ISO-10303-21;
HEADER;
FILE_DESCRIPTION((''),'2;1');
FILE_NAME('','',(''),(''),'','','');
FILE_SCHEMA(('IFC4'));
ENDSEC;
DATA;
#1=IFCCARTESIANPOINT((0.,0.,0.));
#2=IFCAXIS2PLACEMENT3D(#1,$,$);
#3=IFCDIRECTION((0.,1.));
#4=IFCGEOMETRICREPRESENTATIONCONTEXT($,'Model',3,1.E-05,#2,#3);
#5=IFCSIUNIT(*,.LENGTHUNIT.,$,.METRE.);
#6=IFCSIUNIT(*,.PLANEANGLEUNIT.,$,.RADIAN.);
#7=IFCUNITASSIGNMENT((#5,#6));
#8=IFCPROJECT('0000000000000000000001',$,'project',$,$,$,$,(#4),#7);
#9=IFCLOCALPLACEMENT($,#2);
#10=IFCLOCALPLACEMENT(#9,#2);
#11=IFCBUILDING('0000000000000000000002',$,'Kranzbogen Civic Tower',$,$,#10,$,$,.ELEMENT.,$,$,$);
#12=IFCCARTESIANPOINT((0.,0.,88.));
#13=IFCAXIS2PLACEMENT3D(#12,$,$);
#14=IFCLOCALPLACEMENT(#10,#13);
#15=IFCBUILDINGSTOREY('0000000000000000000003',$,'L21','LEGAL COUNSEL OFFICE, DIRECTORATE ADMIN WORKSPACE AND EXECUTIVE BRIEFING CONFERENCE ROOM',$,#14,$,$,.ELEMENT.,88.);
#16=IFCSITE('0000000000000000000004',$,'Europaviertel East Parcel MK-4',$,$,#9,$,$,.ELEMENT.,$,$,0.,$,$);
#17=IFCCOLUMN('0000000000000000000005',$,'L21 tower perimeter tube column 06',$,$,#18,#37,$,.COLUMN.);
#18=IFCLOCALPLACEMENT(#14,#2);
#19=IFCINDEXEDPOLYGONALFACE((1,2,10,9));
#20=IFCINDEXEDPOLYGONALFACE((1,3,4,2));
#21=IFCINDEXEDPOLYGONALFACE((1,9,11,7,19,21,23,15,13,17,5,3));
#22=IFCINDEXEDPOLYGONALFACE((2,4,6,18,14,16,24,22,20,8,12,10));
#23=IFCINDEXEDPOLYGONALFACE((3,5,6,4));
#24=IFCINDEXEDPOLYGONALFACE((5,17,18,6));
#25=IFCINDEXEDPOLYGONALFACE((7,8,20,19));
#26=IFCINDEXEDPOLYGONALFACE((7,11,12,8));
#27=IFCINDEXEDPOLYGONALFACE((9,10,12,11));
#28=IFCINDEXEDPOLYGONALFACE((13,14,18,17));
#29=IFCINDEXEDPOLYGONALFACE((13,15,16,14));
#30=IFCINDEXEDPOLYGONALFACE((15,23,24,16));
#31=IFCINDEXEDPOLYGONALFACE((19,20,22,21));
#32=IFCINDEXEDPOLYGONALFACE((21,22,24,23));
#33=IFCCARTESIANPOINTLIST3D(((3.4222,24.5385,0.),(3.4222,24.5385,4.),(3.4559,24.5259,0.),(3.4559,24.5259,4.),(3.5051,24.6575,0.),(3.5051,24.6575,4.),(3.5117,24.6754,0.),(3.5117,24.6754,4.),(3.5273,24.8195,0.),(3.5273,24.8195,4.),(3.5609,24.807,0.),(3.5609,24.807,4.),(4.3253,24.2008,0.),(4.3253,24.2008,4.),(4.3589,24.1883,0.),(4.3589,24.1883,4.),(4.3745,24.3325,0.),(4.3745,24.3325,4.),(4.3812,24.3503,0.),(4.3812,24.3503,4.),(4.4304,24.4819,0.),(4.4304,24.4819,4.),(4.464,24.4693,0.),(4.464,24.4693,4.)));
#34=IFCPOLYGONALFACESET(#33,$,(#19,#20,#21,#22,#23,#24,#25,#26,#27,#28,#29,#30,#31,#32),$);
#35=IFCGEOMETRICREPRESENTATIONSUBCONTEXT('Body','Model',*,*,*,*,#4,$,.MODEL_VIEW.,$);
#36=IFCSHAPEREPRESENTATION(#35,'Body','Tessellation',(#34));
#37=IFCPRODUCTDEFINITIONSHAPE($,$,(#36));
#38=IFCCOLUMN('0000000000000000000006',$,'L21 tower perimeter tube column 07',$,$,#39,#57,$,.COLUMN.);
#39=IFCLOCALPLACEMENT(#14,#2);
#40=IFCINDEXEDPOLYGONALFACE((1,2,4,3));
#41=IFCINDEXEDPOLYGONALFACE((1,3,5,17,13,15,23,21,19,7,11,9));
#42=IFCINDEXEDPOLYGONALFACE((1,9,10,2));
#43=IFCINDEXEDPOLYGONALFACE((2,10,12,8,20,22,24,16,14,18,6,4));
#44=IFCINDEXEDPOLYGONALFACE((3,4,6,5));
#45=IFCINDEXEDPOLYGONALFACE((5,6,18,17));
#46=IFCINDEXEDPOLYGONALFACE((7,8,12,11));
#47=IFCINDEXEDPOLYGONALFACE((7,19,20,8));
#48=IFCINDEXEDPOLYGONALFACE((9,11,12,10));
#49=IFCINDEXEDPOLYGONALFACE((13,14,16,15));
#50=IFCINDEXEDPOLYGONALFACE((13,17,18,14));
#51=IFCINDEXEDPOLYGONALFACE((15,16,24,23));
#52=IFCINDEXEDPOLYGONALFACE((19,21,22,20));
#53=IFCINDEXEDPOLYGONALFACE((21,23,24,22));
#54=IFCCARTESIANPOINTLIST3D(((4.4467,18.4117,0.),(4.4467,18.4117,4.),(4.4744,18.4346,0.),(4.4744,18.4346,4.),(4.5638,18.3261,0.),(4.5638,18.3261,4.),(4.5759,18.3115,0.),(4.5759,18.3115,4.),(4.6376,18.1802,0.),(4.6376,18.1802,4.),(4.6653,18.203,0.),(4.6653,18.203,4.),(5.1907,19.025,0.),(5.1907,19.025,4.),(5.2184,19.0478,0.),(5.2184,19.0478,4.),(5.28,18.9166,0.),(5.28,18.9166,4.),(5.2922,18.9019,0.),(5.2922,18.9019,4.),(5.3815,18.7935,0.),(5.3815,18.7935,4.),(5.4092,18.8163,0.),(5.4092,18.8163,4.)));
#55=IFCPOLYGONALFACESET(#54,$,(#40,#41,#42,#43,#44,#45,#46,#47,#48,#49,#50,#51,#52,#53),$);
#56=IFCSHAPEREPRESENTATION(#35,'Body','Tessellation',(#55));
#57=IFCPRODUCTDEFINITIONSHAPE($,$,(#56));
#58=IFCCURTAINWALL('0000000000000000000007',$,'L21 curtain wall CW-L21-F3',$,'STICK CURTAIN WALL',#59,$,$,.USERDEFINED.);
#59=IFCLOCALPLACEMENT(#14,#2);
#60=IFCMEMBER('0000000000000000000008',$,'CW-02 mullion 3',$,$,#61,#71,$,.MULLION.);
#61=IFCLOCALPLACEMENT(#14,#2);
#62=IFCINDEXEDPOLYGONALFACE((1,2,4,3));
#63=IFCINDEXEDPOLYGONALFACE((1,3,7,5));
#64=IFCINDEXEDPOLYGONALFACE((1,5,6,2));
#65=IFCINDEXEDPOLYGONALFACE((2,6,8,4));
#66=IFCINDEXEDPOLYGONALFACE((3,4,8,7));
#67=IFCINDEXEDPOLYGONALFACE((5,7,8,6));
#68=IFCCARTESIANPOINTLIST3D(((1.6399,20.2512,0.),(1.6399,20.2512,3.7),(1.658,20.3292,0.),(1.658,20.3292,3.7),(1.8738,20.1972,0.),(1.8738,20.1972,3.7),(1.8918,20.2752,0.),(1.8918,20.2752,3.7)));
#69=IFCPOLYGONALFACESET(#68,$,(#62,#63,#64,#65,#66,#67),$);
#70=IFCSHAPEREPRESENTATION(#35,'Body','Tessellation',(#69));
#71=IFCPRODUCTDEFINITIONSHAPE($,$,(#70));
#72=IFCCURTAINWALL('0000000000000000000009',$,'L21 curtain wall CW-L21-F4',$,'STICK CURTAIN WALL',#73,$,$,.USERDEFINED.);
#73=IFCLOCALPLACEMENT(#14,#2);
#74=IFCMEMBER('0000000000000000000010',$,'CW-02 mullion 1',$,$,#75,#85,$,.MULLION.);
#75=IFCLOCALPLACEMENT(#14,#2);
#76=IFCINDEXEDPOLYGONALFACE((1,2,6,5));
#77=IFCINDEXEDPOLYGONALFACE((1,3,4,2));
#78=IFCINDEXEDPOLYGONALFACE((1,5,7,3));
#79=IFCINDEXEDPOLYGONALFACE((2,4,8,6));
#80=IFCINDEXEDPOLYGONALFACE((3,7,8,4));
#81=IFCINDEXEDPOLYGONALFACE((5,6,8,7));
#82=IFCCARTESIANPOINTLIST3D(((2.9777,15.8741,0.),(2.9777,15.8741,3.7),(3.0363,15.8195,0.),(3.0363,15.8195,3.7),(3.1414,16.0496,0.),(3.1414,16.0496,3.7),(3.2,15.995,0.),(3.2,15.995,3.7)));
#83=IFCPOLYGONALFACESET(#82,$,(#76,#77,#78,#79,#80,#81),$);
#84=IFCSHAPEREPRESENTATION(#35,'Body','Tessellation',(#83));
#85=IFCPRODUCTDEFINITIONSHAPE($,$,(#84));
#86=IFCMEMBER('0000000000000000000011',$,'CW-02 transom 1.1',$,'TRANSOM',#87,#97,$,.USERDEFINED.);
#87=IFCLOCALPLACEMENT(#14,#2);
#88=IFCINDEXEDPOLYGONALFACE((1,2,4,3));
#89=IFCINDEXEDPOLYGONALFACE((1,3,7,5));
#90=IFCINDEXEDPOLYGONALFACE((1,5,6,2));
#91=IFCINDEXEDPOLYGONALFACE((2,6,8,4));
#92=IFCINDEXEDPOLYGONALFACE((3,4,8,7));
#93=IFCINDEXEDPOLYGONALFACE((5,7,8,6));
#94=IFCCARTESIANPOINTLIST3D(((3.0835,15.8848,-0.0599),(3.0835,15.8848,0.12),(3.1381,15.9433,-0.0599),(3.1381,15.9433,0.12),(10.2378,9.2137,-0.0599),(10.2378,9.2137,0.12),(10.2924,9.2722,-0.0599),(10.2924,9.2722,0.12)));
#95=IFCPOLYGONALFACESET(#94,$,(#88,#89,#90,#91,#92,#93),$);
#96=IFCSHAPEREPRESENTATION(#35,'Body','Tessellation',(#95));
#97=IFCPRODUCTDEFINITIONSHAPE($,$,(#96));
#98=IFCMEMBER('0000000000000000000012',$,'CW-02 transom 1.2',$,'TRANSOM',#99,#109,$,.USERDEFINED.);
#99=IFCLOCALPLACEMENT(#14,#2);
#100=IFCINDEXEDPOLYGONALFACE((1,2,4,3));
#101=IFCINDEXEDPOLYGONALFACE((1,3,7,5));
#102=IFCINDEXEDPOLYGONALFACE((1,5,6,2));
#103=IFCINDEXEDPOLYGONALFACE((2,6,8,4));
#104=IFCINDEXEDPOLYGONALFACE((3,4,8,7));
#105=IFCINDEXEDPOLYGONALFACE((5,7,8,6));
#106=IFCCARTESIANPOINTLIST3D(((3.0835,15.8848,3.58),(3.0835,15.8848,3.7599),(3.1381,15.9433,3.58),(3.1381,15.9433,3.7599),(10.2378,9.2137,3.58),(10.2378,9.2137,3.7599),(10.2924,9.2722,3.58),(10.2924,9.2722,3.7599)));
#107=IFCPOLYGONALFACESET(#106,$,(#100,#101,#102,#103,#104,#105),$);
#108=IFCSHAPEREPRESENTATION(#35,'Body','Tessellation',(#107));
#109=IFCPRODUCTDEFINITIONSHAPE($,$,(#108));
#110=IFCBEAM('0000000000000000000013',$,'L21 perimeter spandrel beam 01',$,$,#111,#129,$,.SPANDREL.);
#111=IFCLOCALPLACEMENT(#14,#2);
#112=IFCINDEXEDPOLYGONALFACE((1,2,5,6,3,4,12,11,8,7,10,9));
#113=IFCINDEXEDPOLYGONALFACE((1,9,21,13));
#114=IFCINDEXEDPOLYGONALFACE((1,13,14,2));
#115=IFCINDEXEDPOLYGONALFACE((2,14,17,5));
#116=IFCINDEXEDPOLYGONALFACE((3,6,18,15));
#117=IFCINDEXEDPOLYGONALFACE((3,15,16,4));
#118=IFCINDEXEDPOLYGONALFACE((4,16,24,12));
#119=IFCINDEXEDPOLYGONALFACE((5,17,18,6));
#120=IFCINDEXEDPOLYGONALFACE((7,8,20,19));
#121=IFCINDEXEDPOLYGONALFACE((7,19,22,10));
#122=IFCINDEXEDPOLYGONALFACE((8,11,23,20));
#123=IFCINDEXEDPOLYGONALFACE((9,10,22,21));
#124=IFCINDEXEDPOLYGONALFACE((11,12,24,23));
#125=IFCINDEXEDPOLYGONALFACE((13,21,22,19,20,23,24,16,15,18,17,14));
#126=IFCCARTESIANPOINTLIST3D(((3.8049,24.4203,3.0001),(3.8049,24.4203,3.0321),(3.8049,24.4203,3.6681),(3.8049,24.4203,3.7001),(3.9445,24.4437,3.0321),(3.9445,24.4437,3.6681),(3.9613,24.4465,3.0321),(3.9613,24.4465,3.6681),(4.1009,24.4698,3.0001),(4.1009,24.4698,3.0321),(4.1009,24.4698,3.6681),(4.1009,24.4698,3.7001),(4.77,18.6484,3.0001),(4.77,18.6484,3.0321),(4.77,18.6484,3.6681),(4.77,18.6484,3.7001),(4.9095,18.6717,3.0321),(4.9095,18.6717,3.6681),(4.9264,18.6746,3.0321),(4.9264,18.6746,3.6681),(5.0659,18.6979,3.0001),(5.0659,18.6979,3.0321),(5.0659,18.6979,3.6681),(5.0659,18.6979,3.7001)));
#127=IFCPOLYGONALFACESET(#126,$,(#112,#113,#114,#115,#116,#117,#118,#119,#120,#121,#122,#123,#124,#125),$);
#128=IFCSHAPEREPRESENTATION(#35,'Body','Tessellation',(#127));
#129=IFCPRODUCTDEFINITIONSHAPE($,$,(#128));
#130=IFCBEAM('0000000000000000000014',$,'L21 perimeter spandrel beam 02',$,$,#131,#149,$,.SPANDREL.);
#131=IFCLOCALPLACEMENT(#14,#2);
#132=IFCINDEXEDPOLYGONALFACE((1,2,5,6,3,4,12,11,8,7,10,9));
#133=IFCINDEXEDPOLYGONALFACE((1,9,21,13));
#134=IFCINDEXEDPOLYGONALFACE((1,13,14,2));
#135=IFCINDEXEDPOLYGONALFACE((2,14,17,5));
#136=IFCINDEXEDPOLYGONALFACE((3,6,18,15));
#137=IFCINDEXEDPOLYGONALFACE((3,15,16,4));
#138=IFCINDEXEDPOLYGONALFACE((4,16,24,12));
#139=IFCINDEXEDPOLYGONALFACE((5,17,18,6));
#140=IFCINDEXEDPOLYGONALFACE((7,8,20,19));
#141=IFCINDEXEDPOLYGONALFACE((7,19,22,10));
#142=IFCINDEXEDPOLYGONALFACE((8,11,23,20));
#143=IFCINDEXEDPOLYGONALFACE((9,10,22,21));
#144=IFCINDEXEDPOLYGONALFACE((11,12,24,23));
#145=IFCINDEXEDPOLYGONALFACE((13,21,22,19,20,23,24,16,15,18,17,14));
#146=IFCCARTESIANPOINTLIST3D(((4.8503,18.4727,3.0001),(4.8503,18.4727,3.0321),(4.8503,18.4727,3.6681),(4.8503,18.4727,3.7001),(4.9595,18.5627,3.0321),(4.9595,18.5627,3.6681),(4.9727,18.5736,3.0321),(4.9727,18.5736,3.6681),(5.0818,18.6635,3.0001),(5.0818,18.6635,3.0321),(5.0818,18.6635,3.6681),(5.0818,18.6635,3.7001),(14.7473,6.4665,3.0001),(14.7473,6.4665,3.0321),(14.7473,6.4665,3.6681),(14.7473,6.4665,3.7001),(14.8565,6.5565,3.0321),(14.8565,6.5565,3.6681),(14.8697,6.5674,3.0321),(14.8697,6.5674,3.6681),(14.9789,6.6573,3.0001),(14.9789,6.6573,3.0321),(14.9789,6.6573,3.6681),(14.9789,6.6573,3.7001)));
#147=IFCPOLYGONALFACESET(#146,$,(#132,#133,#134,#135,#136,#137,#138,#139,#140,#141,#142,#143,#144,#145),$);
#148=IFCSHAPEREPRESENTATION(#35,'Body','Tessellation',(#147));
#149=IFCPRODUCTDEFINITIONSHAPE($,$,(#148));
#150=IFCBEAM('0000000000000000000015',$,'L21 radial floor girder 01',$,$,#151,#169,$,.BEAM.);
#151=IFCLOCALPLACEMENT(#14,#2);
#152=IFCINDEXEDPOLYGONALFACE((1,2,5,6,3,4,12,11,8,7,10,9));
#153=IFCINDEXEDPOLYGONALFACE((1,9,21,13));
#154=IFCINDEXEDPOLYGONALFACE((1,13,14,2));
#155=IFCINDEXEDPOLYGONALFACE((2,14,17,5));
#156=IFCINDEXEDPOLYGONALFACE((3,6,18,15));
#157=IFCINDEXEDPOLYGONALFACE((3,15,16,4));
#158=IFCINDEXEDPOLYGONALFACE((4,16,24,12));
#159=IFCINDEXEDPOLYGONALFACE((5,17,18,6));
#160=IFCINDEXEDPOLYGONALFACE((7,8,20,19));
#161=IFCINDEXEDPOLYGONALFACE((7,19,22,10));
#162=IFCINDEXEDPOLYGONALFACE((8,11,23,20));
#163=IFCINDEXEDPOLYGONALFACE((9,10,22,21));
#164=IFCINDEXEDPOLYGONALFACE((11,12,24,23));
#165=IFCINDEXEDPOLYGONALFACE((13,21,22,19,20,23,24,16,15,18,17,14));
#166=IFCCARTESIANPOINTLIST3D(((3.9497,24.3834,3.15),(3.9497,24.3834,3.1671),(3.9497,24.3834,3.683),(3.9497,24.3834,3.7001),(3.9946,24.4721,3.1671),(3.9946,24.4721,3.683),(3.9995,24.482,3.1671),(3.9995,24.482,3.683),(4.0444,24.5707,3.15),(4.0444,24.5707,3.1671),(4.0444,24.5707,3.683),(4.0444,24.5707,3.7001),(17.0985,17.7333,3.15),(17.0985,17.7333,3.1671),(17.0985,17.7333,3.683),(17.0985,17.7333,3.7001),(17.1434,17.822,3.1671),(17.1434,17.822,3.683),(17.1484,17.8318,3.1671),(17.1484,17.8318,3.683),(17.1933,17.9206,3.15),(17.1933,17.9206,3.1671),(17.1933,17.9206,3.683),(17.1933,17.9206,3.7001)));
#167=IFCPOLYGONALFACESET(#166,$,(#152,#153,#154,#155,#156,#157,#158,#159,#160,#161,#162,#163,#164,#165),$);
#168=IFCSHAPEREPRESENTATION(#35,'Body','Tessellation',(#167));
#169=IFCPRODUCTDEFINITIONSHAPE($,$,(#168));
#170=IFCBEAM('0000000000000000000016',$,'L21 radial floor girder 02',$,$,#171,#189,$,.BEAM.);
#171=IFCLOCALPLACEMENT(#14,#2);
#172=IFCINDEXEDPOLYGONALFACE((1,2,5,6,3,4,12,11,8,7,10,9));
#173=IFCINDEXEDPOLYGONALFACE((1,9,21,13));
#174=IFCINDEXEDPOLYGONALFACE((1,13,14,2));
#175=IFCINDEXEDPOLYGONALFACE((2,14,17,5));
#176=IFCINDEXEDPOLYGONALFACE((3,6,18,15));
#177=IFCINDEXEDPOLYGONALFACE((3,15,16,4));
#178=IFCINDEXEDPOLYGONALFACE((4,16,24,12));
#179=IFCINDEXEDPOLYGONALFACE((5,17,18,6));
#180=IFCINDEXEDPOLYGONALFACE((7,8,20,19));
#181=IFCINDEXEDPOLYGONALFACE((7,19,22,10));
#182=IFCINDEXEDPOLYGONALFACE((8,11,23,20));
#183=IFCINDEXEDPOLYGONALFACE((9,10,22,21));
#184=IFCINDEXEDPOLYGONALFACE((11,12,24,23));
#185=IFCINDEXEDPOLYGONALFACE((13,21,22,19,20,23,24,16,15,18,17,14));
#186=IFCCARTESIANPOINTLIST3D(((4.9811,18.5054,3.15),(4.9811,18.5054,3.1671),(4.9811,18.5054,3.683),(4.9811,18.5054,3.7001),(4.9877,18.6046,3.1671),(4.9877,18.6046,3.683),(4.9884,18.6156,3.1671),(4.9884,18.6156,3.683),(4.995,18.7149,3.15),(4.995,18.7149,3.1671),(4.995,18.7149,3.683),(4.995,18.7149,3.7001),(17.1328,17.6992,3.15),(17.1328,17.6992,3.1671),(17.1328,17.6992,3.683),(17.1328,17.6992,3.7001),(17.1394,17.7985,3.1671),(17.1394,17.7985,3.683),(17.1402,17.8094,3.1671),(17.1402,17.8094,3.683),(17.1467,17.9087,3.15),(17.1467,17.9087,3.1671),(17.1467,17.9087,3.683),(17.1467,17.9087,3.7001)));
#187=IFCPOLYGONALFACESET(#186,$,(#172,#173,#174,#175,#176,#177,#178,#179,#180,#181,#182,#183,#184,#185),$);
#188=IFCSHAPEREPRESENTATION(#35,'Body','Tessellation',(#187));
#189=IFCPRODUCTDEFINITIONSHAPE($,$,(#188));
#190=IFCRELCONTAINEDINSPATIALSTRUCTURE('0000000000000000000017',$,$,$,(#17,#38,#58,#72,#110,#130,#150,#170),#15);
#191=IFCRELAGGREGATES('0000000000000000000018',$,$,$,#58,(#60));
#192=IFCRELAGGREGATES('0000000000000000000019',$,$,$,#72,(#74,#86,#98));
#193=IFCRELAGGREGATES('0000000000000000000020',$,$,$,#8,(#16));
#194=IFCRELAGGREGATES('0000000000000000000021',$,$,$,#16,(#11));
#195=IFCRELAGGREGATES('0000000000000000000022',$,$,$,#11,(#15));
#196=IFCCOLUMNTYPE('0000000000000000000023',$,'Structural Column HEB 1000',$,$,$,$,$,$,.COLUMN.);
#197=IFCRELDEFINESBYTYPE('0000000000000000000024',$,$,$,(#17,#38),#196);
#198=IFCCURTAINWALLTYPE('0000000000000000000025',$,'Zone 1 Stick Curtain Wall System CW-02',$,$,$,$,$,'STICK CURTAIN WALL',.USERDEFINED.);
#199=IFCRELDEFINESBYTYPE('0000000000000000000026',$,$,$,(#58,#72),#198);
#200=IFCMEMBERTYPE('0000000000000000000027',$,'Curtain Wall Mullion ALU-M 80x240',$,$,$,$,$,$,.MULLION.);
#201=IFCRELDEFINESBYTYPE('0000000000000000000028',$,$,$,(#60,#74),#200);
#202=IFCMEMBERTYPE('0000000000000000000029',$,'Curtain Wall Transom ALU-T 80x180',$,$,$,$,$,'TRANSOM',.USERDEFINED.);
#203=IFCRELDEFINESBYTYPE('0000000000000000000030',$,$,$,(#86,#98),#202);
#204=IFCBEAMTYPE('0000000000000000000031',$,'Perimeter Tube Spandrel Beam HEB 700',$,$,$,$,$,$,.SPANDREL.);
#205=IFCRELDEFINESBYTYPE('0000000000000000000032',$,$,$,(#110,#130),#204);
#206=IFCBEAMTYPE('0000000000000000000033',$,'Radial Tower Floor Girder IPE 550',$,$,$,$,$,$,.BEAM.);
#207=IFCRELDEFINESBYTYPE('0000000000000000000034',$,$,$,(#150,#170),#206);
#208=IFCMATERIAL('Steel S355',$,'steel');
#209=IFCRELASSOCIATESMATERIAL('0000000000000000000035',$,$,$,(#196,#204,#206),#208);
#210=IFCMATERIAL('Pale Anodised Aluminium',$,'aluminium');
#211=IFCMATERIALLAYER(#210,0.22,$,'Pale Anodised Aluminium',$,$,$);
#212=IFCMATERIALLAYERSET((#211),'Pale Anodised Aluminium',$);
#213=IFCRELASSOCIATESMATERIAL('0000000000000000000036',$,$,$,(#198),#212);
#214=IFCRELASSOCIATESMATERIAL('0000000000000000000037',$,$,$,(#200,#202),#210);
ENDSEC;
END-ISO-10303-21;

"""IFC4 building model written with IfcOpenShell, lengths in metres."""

from ifc_helpers import new_model, si_unit, direction, frame, origin, origin_2d, place, context, subcontext, project, spatial, rectangle, i_section, extrude, material, layer, layer_set, material_profile, profile_set, type_object, element, aggregate, save


model = new_model("IFC4")

# Units and contexts
model_context = context("Model", 3, precision=1e-05, world=origin(), true_north=direction((0.0, 1.0)))
body_context = subcontext(model_context, "Body", "Model", "MODEL_VIEW")
ifc_project = project(units=[si_unit("LENGTHUNIT", "METRE"), si_unit("PLANEANGLEUNIT", "RADIAN")], contexts=[model_context])

# Site, building, storey
site_placement = place(None, origin())
site = spatial("IfcSite", under=ifc_project, at=site_placement, Name="Europaviertel East Parcel MK-4", CompositionType="ELEMENT", RefElevation=0.0)
building_placement = place(site_placement, origin())
building = spatial("IfcBuilding", under=site, at=building_placement, Name="Kranzbogen Civic Tower", CompositionType="ELEMENT")
storey_placement = place(building_placement, frame((0.0, 0.0, 88.0)))
storey = spatial("IfcBuildingStorey", under=building, at=storey_placement, Name="L21", Description="LEGAL COUNSEL OFFICE, DIRECTORATE ADMIN WORKSPACE AND EXECUTIVE BRIEFING CONFERENCE ROOM", CompositionType="ELEMENT", Elevation=88.0)

# Columns
ifc_material_1 = material(Name="Steel S355", Category="steel")
ifc_material_profile_1 = material_profile(ifc_material_1, i_section(OverallWidth=0.3, OverallDepth=1.0, WebThickness=0.019, FlangeThickness=0.0359, at=origin_2d()), Name="HEB 1000")
ifc_profile_set_1 = profile_set([ifc_material_profile_1], Name="Steel S355")
column_type = type_object("IfcColumnType", Name="Structural Column HEB 1000", PredefinedType="COLUMN", material=ifc_profile_set_1)
for number, where, z_axis, x_axis, name in (
    (1, (3.9431, 24.5039, 0.0), (0.0, 0.0, 1.0), (0.350207, 0.936672, 0.0), "L21 tower perimeter tube column 06"),
    (2, (4.928, 18.614, 0.0), (0.0, 0.0, 1.0), (-0.636078, 0.771625, 0.0), "L21 tower perimeter tube column 07"),
):
    element("IfcColumn", number, at=place(storey_placement, frame(where, z_axis=z_axis, x_axis=x_axis)), inside=storey, type_object=column_type, Name=name, PredefinedType="COLUMN", context=body_context, shape_type="SweptSolid", body=[
        extrude(i_section(OverallWidth=0.3, OverallDepth=1.0, WebThickness=0.019, FlangeThickness=0.0359, at=origin_2d()), origin(), (0.0, 0.0, 1.0), 4.0),
    ])

# Curtain wall, member
ifc_material_2 = material(Name="Pale Anodised Aluminium", Category="aluminium")
ifc_layer_1 = layer(ifc_material_2, 0.22, Name="Pale Anodised Aluminium")
ifc_layer_set_1 = layer_set([ifc_layer_1], Name="Pale Anodised Aluminium")
curtain_wall_type = type_object("IfcCurtainWallType", Name="Zone 1 Stick Curtain Wall System CW-02", ElementType="STICK CURTAIN WALL", PredefinedType="USERDEFINED", material=ifc_layer_set_1)
curtain_wall_1_placement = place(storey_placement, origin())
curtain_wall_1 = element("IfcCurtainWall", 3, at=curtain_wall_1_placement, inside=storey, type_object=curtain_wall_type, Name="L21 curtain wall CW-L21-F3", ObjectType="STICK CURTAIN WALL", PredefinedType="USERDEFINED")
ifc_material_profile_2 = material_profile(ifc_material_2, rectangle(XDim=0.0801, YDim=0.24, at=origin_2d()), Name="ALU-M 80x240")
ifc_profile_set_2 = profile_set([ifc_material_profile_2], Name="Pale Anodised Aluminium")
member_type_1 = type_object("IfcMemberType", Name="Curtain Wall Mullion ALU-M 80x240", PredefinedType="MULLION", material=ifc_profile_set_2)
member_1_placement = place(storey_placement, frame((1.7659, 20.2632, 0.0), z_axis=(0.0, 0.0, 1.0), x_axis=(-0.224978, -0.974364, 0.0)))
member_1 = element("IfcMember", 4, at=member_1_placement, type_object=member_type_1, Name="CW-02 mullion 3", PredefinedType="MULLION", context=body_context, shape_type="SweptSolid", body=[
    extrude(rectangle(XDim=0.0801, YDim=0.24, at=origin_2d()), origin(), (0.0, 0.0, 1.0), 3.7),
])
aggregate(curtain_wall_1, [member_1])

# Curtain wall, members
curtain_wall_2_placement = place(storey_placement, origin())
curtain_wall_2 = element("IfcCurtainWall", 5, at=curtain_wall_2_placement, inside=storey, type_object=curtain_wall_type, Name="L21 curtain wall CW-L21-F4", ObjectType="STICK CURTAIN WALL", PredefinedType="USERDEFINED")
member_2_placement = place(storey_placement, frame((3.0889, 15.9346, 0.0), z_axis=(0.0, 0.0, 1.0), x_axis=(0.731367, -0.681984, 0.0)))
member_2 = element("IfcMember", 6, at=member_2_placement, type_object=member_type_1, Name="CW-02 mullion 1", PredefinedType="MULLION", context=body_context, shape_type="SweptSolid", body=[
    extrude(rectangle(XDim=0.0801, YDim=0.24, at=origin_2d()), origin(), (0.0, 0.0, 1.0), 3.7),
])
ifc_material_profile_3 = material_profile(ifc_material_2, rectangle(XDim=0.0801, YDim=0.1799, at=origin_2d()), Name="ALU-T 80x180")
ifc_profile_set_3 = profile_set([ifc_material_profile_3], Name="Pale Anodised Aluminium")
member_type_2 = type_object("IfcMemberType", Name="Curtain Wall Transom ALU-T 80x180", ElementType="TRANSOM", PredefinedType="USERDEFINED", material=ifc_profile_set_3)
member_3_placement = place(storey_placement, frame((3.1108, 15.9141, 0.03), z_axis=(0.731371, -0.681979, 0.0), x_axis=(0.681979, 0.731371, 0.0)))
member_3 = element("IfcMember", 7, at=member_3_placement, type_object=member_type_2, Name="CW-02 transom 1.1", ObjectType="TRANSOM", PredefinedType="USERDEFINED", context=body_context, shape_type="SweptSolid", body=[
    extrude(rectangle(XDim=0.0801, YDim=0.1799, at=origin_2d()), origin(), (0.0, 0.0, 1.0), 9.782),
])
member_4_placement = place(storey_placement, frame((3.1108, 15.9141, 3.6699), z_axis=(0.731371, -0.681979, 0.0), x_axis=(0.681979, 0.731371, 0.0)))
member_4 = element("IfcMember", 8, at=member_4_placement, type_object=member_type_2, Name="CW-02 transom 1.2", ObjectType="TRANSOM", PredefinedType="USERDEFINED", context=body_context, shape_type="SweptSolid", body=[
    extrude(rectangle(XDim=0.0801, YDim=0.1799, at=origin_2d()), origin(), (0.0, 0.0, 1.0), 9.782),
])
aggregate(curtain_wall_2, [member_2, member_3, member_4])

# Beams
ifc_material_profile_4 = material_profile(ifc_material_1, i_section(OverallWidth=0.3, OverallDepth=0.7, WebThickness=0.0171, FlangeThickness=0.032, at=origin_2d()), Name="HEB 700")
ifc_profile_set_4 = profile_set([ifc_material_profile_4], Name="Steel S355")
beam_type_1 = type_object("IfcBeamType", Name="Perimeter Tube Spandrel Beam HEB 700", PredefinedType="SPANDREL", material=ifc_profile_set_4)
beam_1_placement = place(storey_placement, frame((3.9529, 24.4451, 3.3501), z_axis=(0.164913, -0.986308, 0.0), x_axis=(0.986308, 0.164913, 0.0)))
element("IfcBeam", 9, at=beam_1_placement, inside=storey, type_object=beam_type_1, Name="L21 perimeter spandrel beam 01", PredefinedType="SPANDREL", context=body_context, shape_type="SweptSolid", body=[
    extrude(i_section(OverallWidth=0.3, OverallDepth=0.7, WebThickness=0.0171, FlangeThickness=0.032, at=origin_2d()), origin(), (0.0, 0.0, 1.0), 5.8521),
])
beam_2_placement = place(storey_placement, frame((4.9661, 18.5681, 3.3501), z_axis=(0.636075, -0.771628, 0.0), x_axis=(0.771628, 0.636075, 0.0)))
element("IfcBeam", 10, at=beam_2_placement, inside=storey, type_object=beam_type_1, Name="L21 perimeter spandrel beam 02", PredefinedType="SPANDREL", context=body_context, shape_type="SweptSolid", body=[
    extrude(i_section(OverallWidth=0.3, OverallDepth=0.7, WebThickness=0.0171, FlangeThickness=0.032, at=origin_2d()), origin(), (0.0, 0.0, 1.0), 15.5596),
])
ifc_material_profile_5 = material_profile(ifc_material_1, i_section(OverallWidth=0.21, OverallDepth=0.55, WebThickness=0.011, FlangeThickness=0.0171, at=origin_2d()), Name="IPE 550")
ifc_profile_set_5 = profile_set([ifc_material_profile_5], Name="Steel S355")
beam_type_2 = type_object("IfcBeamType", Name="Radial Tower Floor Girder IPE 550", PredefinedType="BEAM", material=ifc_profile_set_5)
beam_3_placement = place(storey_placement, frame((3.9971, 24.4771, 3.425), z_axis=(0.892363, -0.451318, 0.0), x_axis=(0.451318, 0.892363, 0.0)))
element("IfcBeam", 11, at=beam_3_placement, inside=storey, type_object=beam_type_2, Name="L21 radial floor girder 01", PredefinedType="BEAM", context=body_context, shape_type="SweptSolid", body=[
    extrude(i_section(OverallWidth=0.21, OverallDepth=0.55, WebThickness=0.011, FlangeThickness=0.0171, at=origin_2d()), origin(), (0.0, 0.0, 1.0), 14.7349),
])
beam_4_placement = place(storey_placement, frame((4.988, 18.6101, 3.425), z_axis=(0.997807, -0.066194, 0.0), x_axis=(0.066194, 0.997807, 0.0)))
element("IfcBeam", 12, at=beam_4_placement, inside=storey, type_object=beam_type_2, Name="L21 radial floor girder 02", PredefinedType="BEAM", context=body_context, shape_type="SweptSolid", body=[
    extrude(i_section(OverallWidth=0.21, OverallDepth=0.55, WebThickness=0.011, FlangeThickness=0.0171, at=origin_2d()), origin(), (0.0, 0.0, 1.0), 12.1785),
])

save(model, "model.ifc")
